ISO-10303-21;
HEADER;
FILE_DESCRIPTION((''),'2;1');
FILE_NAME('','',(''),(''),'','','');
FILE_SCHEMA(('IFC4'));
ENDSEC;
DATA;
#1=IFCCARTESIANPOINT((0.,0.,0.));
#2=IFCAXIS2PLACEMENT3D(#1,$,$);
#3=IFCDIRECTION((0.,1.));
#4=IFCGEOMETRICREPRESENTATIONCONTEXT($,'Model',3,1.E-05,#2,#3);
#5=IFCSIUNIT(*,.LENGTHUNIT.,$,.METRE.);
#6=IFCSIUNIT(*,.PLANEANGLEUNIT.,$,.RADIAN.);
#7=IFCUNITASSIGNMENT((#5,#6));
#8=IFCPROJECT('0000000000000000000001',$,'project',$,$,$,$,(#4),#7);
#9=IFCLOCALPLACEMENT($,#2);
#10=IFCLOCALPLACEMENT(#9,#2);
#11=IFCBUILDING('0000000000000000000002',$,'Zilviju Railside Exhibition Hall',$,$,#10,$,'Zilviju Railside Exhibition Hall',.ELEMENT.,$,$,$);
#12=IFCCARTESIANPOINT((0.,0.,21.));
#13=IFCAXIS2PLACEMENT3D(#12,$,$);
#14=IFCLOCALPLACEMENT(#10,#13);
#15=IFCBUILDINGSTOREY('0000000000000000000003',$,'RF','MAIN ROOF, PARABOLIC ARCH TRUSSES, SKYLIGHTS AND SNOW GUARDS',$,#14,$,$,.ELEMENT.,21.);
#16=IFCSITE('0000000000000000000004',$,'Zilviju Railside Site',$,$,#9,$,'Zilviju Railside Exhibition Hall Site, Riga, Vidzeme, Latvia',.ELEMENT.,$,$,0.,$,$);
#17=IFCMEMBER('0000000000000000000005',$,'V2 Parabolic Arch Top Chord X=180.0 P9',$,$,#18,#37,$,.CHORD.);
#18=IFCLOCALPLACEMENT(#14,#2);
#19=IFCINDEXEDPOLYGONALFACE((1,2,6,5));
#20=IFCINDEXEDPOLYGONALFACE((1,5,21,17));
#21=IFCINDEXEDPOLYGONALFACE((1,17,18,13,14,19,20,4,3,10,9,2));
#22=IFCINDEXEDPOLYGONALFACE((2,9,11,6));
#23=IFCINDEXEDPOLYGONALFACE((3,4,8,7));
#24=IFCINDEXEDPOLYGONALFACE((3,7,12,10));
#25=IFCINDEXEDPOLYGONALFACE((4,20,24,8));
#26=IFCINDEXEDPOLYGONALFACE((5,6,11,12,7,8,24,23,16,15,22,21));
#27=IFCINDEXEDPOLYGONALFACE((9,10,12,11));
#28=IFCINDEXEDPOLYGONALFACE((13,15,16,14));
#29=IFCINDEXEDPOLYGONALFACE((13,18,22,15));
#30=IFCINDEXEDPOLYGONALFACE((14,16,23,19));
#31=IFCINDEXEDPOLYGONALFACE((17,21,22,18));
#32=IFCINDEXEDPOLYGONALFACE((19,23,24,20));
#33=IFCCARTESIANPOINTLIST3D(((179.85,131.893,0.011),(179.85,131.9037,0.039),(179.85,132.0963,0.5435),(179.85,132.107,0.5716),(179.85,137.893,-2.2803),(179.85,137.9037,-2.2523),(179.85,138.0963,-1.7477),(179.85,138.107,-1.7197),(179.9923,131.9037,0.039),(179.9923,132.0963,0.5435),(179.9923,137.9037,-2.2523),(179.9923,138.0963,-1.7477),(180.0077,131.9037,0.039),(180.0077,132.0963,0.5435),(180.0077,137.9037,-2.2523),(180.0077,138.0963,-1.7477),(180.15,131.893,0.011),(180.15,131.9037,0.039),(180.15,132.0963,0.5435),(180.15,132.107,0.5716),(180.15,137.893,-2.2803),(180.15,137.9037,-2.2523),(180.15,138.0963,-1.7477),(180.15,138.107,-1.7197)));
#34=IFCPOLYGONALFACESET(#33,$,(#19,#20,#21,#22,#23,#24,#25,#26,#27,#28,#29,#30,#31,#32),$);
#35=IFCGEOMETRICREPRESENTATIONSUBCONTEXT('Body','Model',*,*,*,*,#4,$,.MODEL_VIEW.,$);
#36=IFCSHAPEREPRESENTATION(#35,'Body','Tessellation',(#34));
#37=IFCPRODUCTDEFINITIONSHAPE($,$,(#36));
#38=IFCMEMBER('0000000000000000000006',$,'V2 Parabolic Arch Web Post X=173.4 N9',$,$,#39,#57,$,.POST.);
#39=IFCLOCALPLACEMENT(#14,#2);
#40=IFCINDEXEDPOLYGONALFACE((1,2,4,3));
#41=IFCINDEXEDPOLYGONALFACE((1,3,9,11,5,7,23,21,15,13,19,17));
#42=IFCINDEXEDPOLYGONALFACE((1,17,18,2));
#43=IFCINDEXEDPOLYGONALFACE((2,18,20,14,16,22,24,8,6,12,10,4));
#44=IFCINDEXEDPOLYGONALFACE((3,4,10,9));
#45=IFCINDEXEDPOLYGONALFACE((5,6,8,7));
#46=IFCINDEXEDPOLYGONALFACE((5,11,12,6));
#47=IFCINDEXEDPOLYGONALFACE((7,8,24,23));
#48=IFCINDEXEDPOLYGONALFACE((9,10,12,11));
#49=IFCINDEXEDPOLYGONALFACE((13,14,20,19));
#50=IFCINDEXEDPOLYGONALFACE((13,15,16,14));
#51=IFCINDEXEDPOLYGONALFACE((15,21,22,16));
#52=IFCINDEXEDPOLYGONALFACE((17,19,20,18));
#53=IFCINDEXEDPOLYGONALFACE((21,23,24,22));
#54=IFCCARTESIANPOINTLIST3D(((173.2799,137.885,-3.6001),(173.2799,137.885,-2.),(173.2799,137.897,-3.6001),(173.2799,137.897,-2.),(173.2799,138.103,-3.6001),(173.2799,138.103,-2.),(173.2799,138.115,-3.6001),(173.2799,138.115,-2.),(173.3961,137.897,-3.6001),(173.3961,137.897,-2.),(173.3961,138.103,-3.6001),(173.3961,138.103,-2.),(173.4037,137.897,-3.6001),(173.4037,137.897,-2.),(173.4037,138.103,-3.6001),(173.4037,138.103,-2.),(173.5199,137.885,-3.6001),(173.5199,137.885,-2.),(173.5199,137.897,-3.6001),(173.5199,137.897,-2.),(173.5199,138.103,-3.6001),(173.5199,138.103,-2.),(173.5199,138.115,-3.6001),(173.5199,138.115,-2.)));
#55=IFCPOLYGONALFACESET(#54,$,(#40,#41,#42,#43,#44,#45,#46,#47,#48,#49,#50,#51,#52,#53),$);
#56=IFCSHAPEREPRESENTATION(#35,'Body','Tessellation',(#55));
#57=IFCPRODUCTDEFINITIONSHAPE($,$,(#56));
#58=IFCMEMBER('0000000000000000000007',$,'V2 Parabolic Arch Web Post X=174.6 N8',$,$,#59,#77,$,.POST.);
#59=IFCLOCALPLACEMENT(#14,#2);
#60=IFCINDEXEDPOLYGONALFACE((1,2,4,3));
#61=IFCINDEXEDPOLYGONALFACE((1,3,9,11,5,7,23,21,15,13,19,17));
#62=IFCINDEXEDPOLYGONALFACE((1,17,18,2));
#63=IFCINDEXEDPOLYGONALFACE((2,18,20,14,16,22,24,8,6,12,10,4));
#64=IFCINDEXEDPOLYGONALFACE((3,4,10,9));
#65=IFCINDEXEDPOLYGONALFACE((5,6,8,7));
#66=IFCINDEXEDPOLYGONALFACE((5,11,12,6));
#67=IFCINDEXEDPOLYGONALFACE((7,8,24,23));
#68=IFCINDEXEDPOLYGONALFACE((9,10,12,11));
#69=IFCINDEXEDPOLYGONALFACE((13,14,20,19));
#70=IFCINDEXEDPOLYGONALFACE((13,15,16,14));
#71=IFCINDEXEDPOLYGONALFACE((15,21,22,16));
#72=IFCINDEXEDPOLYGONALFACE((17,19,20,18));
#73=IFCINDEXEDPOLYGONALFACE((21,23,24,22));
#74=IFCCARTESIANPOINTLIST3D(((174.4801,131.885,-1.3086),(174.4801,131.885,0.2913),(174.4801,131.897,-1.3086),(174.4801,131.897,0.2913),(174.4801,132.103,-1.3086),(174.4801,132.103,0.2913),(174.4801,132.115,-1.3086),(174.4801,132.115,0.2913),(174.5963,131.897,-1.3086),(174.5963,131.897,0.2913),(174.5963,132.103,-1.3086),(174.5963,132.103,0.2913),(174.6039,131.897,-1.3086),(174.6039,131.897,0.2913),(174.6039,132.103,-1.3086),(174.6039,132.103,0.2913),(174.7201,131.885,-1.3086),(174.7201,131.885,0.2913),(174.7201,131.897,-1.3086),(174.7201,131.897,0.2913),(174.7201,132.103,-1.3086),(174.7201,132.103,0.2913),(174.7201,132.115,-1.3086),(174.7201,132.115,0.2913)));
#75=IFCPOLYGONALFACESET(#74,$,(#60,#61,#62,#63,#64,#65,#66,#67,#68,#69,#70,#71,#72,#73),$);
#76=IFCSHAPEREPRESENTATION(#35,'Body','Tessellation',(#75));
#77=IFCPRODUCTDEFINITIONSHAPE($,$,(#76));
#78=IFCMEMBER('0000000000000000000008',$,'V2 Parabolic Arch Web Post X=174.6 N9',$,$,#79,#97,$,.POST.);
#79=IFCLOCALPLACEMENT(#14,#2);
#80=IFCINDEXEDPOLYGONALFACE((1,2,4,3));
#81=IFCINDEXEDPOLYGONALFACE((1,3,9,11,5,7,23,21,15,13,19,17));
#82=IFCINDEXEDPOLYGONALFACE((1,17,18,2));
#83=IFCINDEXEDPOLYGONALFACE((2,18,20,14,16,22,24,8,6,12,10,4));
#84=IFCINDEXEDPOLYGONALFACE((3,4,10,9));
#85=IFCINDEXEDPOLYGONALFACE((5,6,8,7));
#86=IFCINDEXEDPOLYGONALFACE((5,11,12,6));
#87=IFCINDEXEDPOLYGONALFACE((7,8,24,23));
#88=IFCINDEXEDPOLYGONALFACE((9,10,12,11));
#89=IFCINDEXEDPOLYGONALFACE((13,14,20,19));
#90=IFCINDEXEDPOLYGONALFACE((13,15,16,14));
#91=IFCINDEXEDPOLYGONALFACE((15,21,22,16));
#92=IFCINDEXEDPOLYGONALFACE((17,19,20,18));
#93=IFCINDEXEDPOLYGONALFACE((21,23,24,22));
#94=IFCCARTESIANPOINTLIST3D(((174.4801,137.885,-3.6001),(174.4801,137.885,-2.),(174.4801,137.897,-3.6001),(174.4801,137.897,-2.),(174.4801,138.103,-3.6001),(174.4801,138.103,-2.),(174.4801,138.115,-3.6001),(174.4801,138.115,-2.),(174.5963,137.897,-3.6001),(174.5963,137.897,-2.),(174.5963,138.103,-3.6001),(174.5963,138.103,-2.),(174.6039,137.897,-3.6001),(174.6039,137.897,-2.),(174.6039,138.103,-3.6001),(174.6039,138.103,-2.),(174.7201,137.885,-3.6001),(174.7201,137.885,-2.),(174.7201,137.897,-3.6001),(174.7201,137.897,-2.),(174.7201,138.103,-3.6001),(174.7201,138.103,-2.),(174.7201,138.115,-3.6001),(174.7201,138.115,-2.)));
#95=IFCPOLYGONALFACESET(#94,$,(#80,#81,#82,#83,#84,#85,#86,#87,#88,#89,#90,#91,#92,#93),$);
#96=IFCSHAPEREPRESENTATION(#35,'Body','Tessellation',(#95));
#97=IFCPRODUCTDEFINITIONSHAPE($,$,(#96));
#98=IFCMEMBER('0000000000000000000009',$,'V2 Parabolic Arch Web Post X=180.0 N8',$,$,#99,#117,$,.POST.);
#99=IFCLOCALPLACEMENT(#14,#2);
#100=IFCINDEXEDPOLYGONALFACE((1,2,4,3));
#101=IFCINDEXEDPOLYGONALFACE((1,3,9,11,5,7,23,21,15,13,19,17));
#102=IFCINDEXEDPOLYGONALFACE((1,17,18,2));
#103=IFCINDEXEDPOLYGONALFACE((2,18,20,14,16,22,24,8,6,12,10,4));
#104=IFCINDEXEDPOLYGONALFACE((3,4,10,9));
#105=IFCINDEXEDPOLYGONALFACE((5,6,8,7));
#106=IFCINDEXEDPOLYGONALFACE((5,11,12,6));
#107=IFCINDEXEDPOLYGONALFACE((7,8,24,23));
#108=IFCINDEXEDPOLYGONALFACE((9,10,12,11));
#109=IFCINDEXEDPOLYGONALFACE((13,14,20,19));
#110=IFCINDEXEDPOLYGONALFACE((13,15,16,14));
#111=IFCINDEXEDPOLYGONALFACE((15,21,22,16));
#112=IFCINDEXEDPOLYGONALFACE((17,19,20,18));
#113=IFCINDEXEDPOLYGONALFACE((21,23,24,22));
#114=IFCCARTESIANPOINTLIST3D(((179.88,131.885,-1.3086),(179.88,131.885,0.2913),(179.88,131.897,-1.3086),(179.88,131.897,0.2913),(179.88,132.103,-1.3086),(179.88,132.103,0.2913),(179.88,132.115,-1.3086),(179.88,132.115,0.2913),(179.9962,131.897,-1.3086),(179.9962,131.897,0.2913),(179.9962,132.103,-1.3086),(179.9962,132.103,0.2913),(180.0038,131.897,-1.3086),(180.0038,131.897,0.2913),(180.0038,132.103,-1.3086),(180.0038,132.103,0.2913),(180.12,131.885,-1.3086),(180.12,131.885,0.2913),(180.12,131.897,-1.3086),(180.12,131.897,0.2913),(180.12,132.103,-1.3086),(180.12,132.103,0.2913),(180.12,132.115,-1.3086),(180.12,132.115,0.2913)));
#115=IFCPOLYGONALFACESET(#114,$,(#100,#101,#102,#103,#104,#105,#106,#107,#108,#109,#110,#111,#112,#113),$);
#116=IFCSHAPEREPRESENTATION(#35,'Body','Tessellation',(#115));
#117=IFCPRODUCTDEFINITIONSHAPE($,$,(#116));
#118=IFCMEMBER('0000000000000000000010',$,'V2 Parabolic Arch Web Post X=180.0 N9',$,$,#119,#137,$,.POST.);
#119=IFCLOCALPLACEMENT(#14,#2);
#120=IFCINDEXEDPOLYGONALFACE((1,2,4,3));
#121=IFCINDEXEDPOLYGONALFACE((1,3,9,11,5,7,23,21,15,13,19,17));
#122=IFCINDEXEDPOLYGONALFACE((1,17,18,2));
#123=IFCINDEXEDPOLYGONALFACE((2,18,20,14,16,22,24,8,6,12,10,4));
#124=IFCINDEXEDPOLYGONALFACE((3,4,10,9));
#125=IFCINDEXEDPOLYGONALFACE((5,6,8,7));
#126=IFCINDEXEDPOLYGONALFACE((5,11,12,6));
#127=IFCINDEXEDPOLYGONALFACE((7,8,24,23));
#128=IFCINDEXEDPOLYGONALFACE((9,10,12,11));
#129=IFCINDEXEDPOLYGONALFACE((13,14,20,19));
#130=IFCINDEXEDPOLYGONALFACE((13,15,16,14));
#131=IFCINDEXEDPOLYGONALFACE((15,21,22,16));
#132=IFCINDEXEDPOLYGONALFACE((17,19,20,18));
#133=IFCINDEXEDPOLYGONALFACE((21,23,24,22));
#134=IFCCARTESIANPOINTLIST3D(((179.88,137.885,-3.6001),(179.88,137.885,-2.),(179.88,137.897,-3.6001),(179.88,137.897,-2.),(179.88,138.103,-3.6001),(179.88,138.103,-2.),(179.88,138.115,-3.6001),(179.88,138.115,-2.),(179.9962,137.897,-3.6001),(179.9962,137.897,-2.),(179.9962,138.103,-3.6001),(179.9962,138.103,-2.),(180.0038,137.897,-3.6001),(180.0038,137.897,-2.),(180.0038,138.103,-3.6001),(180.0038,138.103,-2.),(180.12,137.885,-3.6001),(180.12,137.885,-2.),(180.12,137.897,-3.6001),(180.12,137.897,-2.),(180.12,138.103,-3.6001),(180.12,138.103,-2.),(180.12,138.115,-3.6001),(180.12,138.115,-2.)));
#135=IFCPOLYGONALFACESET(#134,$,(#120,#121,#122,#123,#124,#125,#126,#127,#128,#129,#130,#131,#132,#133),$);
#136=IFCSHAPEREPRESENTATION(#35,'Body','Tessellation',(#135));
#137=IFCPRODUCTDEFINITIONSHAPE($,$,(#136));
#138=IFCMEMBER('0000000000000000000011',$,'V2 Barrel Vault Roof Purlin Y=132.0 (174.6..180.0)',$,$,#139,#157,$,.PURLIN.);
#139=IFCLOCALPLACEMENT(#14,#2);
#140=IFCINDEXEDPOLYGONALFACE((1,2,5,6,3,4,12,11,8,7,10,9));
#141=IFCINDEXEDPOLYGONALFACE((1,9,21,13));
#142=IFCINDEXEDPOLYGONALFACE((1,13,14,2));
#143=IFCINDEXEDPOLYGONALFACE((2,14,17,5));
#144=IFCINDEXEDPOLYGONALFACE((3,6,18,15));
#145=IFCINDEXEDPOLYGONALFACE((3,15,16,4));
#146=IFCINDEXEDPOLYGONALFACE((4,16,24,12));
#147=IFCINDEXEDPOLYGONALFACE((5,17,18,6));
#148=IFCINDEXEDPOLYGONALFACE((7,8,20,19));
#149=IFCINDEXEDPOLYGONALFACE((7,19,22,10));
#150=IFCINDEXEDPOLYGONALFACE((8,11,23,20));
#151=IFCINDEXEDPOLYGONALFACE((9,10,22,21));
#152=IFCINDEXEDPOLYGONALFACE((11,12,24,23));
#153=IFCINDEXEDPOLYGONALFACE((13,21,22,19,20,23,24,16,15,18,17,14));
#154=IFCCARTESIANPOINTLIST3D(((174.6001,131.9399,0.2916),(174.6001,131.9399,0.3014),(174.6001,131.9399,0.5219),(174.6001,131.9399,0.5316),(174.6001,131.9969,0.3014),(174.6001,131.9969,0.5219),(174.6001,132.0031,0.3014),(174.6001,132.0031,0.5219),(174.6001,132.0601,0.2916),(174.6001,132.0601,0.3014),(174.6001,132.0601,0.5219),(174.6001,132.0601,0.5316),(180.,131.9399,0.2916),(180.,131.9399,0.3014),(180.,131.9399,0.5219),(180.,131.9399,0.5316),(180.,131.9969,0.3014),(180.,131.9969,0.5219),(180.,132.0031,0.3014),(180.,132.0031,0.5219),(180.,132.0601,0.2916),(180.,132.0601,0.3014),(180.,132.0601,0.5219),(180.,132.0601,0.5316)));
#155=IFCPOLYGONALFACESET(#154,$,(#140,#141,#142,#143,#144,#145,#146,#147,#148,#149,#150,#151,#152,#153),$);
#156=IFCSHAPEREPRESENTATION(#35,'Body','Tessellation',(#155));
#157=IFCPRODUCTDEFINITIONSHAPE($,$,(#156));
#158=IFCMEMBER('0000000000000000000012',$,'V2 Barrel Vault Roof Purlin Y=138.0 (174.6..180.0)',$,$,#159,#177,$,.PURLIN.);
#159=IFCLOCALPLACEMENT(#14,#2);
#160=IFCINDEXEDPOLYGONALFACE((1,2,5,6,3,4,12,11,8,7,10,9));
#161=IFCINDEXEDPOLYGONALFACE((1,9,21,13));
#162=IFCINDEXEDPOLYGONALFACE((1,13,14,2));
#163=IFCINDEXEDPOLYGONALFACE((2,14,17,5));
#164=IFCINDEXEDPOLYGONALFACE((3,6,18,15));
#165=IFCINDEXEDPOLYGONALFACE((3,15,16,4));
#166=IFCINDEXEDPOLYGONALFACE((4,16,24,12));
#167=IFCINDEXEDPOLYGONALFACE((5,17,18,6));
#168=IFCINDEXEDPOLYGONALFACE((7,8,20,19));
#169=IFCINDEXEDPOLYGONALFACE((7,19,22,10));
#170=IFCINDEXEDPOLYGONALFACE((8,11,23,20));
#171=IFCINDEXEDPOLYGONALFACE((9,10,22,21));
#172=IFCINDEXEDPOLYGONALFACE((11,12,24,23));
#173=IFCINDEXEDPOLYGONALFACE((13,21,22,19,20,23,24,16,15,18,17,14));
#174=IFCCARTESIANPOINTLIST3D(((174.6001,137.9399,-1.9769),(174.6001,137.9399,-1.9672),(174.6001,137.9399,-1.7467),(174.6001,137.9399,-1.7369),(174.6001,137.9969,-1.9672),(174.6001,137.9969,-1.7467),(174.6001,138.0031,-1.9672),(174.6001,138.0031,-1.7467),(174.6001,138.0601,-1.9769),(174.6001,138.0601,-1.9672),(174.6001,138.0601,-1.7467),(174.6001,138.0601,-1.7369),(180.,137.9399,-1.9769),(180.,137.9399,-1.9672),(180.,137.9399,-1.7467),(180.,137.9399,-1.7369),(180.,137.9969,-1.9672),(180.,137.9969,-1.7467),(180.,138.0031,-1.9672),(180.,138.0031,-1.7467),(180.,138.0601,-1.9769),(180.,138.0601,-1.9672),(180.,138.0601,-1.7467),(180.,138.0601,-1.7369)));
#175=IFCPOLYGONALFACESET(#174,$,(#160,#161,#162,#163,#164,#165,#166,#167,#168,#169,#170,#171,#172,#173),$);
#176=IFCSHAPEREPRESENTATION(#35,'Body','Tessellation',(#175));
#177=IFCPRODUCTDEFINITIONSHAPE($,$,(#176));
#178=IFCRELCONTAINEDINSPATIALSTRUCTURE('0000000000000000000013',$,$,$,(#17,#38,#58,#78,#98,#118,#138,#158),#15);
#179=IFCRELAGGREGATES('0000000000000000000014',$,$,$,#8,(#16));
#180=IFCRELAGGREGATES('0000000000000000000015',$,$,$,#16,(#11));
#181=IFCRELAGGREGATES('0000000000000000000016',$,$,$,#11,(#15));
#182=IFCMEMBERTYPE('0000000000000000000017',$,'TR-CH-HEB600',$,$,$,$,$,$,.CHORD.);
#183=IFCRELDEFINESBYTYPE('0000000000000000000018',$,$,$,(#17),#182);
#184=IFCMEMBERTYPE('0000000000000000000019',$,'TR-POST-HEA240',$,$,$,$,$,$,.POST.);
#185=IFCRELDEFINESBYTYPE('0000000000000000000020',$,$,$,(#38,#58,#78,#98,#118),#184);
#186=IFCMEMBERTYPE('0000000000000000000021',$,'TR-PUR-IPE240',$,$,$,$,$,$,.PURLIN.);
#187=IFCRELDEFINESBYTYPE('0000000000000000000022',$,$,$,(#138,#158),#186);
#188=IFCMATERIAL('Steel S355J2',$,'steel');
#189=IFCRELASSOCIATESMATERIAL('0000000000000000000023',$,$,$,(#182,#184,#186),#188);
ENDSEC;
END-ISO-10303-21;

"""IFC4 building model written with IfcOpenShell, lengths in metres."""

from ifc_helpers import new_model, si_unit, direction, frame, origin, origin_2d, place, context, subcontext, project, spatial, i_section, extrude, material, material_profile, profile_set, type_object, element, save


model = new_model("IFC4")

# Units and contexts
model_context = context("Model", 3, precision=1e-05, world=origin(), true_north=direction((0.0, 1.0)))
body_context = subcontext(model_context, "Body", "Model", "MODEL_VIEW")
ifc_project = project(units=[si_unit("LENGTHUNIT", "METRE"), si_unit("PLANEANGLEUNIT", "RADIAN")], contexts=[model_context])

# Site, building, storey
site_placement = place(None, origin())
site = spatial("IfcSite", under=ifc_project, at=site_placement, Name="Zilviju Railside Site", LongName="Zilviju Railside Exhibition Hall Site, Riga, Vidzeme, Latvia", CompositionType="ELEMENT", RefElevation=0.0)
building_placement = place(site_placement, origin())
building = spatial("IfcBuilding", under=site, at=building_placement, Name="Zilviju Railside Exhibition Hall", LongName="Zilviju Railside Exhibition Hall", CompositionType="ELEMENT")
storey_placement = place(building_placement, frame((0.0, 0.0, 21.0)))
storey = spatial("IfcBuildingStorey", under=building, at=storey_placement, Name="RF", Description="MAIN ROOF, PARABOLIC ARCH TRUSSES, SKYLIGHTS AND SNOW GUARDS", CompositionType="ELEMENT", Elevation=21.0)

# Shared definitions
ifc_material_1 = material(Name="Steel S355J2", Category="steel")

# Members
ifc_material_profile_1 = material_profile(ifc_material_1, i_section(OverallWidth=0.3, OverallDepth=0.6001, WebThickness=0.0154, FlangeThickness=0.03, at=origin_2d()), Name="HEB 600")
ifc_profile_set_1 = profile_set([ifc_material_profile_1], Name="Steel S355J2")
member_type_1 = type_object("IfcMemberType", Name="TR-CH-HEB600", PredefinedType="CHORD", material=ifc_profile_set_1)
member_1_placement = place(storey_placement, frame((180.0, 132.0, 0.2913), z_axis=(0.0, 0.9342, -0.356749), x_axis=(-1.0, 0.0, 0.0)))
element("IfcMember", 1, at=member_1_placement, inside=storey, type_object=member_type_1, Name="V2 Parabolic Arch Top Chord X=180.0 P9", PredefinedType="CHORD", context=body_context, shape_type="SweptSolid", body=[
    extrude(i_section(OverallWidth=0.3, OverallDepth=0.6001, WebThickness=0.0154, FlangeThickness=0.03, at=origin_2d()), origin(), (0.0, 0.0, 1.0), 6.4226),
])
ifc_material_profile_2 = material_profile(ifc_material_1, i_section(OverallWidth=0.24, OverallDepth=0.23, WebThickness=0.0076, FlangeThickness=0.012, at=origin_2d()), Name="HEA 240")
ifc_profile_set_2 = profile_set([ifc_material_profile_2], Name="Steel S355J2")
member_type_2 = type_object("IfcMemberType", Name="TR-POST-HEA240", PredefinedType="POST", material=ifc_profile_set_2)
member_2_placement = place(storey_placement, frame((173.3999, 138.0, -3.6001), z_axis=(0.0, 0.0, 1.0), x_axis=(1.0, 0.0, 0.0)))
element("IfcMember", 2, at=member_2_placement, inside=storey, type_object=member_type_2, Name="V2 Parabolic Arch Web Post X=173.4 N9", PredefinedType="POST", context=body_context, shape_type="SweptSolid", body=[
    extrude(i_section(OverallWidth=0.24, OverallDepth=0.23, WebThickness=0.0076, FlangeThickness=0.012, at=origin_2d()), origin(), (0.0, 0.0, 1.0), 1.6001),
])
member_3_placement = place(storey_placement, frame((174.6001, 132.0, -1.3086), z_axis=(0.0, 0.0, 1.0), x_axis=(1.0, 0.0, 0.0)))
element("IfcMember", 3, at=member_3_placement, inside=storey, type_object=member_type_2, Name="V2 Parabolic Arch Web Post X=174.6 N8", PredefinedType="POST", context=body_context, shape_type="SweptSolid", body=[
    extrude(i_section(OverallWidth=0.24, OverallDepth=0.23, WebThickness=0.0076, FlangeThickness=0.012, at=origin_2d()), origin(), (0.0, 0.0, 1.0), 1.5999),
])
member_4_placement = place(storey_placement, frame((174.6001, 138.0, -3.6001), z_axis=(0.0, 0.0, 1.0), x_axis=(1.0, 0.0, 0.0)))
element("IfcMember", 4, at=member_4_placement, inside=storey, type_object=member_type_2, Name="V2 Parabolic Arch Web Post X=174.6 N9", PredefinedType="POST", context=body_context, shape_type="SweptSolid", body=[
    extrude(i_section(OverallWidth=0.24, OverallDepth=0.23, WebThickness=0.0076, FlangeThickness=0.012, at=origin_2d()), origin(), (0.0, 0.0, 1.0), 1.6001),
])
member_5_placement = place(storey_placement, frame((180.0, 132.0, -1.3086), z_axis=(0.0, 0.0, 1.0), x_axis=(1.0, 0.0, 0.0)))
element("IfcMember", 5, at=member_5_placement, inside=storey, type_object=member_type_2, Name="V2 Parabolic Arch Web Post X=180.0 N8", PredefinedType="POST", context=body_context, shape_type="SweptSolid", body=[
    extrude(i_section(OverallWidth=0.24, OverallDepth=0.23, WebThickness=0.0076, FlangeThickness=0.012, at=origin_2d()), origin(), (0.0, 0.0, 1.0), 1.5999),
])
member_6_placement = place(storey_placement, frame((180.0, 138.0, -3.6001), z_axis=(0.0, 0.0, 1.0), x_axis=(1.0, 0.0, 0.0)))
element("IfcMember", 6, at=member_6_placement, inside=storey, type_object=member_type_2, Name="V2 Parabolic Arch Web Post X=180.0 N9", PredefinedType="POST", context=body_context, shape_type="SweptSolid", body=[
    extrude(i_section(OverallWidth=0.24, OverallDepth=0.23, WebThickness=0.0076, FlangeThickness=0.012, at=origin_2d()), origin(), (0.0, 0.0, 1.0), 1.6001),
])
ifc_material_profile_3 = material_profile(ifc_material_1, i_section(OverallWidth=0.1201, OverallDepth=0.24, WebThickness=0.0061, FlangeThickness=0.0098, at=origin_2d()), Name="IPE 240")
ifc_profile_set_3 = profile_set([ifc_material_profile_3], Name="Steel S355J2")
member_type_3 = type_object("IfcMemberType", Name="TR-PUR-IPE240", PredefinedType="PURLIN", material=ifc_profile_set_3)
for number, where, z_axis, x_axis, name in (
    (7, (174.6001, 132.0, 0.4116), (1.0, 0.0, 0.0), (0.0, 1.0, 0.0), "V2 Barrel Vault Roof Purlin Y=132.0 (174.6..180.0)"),
    (8, (174.6001, 138.0, -1.8569), (1.0, 0.0, 0.0), (0.0, 1.0, 0.0), "V2 Barrel Vault Roof Purlin Y=138.0 (174.6..180.0)"),
):
    element("IfcMember", number, at=place(storey_placement, frame(where, z_axis=z_axis, x_axis=x_axis)), inside=storey, type_object=member_type_3, Name=name, PredefinedType="PURLIN", context=body_context, shape_type="SweptSolid", body=[
        extrude(i_section(OverallWidth=0.1201, OverallDepth=0.24, WebThickness=0.0061, FlangeThickness=0.0098, at=origin_2d()), origin(), (0.0, 0.0, 1.0), 5.3999),
    ])

save(model, "model.ifc")
